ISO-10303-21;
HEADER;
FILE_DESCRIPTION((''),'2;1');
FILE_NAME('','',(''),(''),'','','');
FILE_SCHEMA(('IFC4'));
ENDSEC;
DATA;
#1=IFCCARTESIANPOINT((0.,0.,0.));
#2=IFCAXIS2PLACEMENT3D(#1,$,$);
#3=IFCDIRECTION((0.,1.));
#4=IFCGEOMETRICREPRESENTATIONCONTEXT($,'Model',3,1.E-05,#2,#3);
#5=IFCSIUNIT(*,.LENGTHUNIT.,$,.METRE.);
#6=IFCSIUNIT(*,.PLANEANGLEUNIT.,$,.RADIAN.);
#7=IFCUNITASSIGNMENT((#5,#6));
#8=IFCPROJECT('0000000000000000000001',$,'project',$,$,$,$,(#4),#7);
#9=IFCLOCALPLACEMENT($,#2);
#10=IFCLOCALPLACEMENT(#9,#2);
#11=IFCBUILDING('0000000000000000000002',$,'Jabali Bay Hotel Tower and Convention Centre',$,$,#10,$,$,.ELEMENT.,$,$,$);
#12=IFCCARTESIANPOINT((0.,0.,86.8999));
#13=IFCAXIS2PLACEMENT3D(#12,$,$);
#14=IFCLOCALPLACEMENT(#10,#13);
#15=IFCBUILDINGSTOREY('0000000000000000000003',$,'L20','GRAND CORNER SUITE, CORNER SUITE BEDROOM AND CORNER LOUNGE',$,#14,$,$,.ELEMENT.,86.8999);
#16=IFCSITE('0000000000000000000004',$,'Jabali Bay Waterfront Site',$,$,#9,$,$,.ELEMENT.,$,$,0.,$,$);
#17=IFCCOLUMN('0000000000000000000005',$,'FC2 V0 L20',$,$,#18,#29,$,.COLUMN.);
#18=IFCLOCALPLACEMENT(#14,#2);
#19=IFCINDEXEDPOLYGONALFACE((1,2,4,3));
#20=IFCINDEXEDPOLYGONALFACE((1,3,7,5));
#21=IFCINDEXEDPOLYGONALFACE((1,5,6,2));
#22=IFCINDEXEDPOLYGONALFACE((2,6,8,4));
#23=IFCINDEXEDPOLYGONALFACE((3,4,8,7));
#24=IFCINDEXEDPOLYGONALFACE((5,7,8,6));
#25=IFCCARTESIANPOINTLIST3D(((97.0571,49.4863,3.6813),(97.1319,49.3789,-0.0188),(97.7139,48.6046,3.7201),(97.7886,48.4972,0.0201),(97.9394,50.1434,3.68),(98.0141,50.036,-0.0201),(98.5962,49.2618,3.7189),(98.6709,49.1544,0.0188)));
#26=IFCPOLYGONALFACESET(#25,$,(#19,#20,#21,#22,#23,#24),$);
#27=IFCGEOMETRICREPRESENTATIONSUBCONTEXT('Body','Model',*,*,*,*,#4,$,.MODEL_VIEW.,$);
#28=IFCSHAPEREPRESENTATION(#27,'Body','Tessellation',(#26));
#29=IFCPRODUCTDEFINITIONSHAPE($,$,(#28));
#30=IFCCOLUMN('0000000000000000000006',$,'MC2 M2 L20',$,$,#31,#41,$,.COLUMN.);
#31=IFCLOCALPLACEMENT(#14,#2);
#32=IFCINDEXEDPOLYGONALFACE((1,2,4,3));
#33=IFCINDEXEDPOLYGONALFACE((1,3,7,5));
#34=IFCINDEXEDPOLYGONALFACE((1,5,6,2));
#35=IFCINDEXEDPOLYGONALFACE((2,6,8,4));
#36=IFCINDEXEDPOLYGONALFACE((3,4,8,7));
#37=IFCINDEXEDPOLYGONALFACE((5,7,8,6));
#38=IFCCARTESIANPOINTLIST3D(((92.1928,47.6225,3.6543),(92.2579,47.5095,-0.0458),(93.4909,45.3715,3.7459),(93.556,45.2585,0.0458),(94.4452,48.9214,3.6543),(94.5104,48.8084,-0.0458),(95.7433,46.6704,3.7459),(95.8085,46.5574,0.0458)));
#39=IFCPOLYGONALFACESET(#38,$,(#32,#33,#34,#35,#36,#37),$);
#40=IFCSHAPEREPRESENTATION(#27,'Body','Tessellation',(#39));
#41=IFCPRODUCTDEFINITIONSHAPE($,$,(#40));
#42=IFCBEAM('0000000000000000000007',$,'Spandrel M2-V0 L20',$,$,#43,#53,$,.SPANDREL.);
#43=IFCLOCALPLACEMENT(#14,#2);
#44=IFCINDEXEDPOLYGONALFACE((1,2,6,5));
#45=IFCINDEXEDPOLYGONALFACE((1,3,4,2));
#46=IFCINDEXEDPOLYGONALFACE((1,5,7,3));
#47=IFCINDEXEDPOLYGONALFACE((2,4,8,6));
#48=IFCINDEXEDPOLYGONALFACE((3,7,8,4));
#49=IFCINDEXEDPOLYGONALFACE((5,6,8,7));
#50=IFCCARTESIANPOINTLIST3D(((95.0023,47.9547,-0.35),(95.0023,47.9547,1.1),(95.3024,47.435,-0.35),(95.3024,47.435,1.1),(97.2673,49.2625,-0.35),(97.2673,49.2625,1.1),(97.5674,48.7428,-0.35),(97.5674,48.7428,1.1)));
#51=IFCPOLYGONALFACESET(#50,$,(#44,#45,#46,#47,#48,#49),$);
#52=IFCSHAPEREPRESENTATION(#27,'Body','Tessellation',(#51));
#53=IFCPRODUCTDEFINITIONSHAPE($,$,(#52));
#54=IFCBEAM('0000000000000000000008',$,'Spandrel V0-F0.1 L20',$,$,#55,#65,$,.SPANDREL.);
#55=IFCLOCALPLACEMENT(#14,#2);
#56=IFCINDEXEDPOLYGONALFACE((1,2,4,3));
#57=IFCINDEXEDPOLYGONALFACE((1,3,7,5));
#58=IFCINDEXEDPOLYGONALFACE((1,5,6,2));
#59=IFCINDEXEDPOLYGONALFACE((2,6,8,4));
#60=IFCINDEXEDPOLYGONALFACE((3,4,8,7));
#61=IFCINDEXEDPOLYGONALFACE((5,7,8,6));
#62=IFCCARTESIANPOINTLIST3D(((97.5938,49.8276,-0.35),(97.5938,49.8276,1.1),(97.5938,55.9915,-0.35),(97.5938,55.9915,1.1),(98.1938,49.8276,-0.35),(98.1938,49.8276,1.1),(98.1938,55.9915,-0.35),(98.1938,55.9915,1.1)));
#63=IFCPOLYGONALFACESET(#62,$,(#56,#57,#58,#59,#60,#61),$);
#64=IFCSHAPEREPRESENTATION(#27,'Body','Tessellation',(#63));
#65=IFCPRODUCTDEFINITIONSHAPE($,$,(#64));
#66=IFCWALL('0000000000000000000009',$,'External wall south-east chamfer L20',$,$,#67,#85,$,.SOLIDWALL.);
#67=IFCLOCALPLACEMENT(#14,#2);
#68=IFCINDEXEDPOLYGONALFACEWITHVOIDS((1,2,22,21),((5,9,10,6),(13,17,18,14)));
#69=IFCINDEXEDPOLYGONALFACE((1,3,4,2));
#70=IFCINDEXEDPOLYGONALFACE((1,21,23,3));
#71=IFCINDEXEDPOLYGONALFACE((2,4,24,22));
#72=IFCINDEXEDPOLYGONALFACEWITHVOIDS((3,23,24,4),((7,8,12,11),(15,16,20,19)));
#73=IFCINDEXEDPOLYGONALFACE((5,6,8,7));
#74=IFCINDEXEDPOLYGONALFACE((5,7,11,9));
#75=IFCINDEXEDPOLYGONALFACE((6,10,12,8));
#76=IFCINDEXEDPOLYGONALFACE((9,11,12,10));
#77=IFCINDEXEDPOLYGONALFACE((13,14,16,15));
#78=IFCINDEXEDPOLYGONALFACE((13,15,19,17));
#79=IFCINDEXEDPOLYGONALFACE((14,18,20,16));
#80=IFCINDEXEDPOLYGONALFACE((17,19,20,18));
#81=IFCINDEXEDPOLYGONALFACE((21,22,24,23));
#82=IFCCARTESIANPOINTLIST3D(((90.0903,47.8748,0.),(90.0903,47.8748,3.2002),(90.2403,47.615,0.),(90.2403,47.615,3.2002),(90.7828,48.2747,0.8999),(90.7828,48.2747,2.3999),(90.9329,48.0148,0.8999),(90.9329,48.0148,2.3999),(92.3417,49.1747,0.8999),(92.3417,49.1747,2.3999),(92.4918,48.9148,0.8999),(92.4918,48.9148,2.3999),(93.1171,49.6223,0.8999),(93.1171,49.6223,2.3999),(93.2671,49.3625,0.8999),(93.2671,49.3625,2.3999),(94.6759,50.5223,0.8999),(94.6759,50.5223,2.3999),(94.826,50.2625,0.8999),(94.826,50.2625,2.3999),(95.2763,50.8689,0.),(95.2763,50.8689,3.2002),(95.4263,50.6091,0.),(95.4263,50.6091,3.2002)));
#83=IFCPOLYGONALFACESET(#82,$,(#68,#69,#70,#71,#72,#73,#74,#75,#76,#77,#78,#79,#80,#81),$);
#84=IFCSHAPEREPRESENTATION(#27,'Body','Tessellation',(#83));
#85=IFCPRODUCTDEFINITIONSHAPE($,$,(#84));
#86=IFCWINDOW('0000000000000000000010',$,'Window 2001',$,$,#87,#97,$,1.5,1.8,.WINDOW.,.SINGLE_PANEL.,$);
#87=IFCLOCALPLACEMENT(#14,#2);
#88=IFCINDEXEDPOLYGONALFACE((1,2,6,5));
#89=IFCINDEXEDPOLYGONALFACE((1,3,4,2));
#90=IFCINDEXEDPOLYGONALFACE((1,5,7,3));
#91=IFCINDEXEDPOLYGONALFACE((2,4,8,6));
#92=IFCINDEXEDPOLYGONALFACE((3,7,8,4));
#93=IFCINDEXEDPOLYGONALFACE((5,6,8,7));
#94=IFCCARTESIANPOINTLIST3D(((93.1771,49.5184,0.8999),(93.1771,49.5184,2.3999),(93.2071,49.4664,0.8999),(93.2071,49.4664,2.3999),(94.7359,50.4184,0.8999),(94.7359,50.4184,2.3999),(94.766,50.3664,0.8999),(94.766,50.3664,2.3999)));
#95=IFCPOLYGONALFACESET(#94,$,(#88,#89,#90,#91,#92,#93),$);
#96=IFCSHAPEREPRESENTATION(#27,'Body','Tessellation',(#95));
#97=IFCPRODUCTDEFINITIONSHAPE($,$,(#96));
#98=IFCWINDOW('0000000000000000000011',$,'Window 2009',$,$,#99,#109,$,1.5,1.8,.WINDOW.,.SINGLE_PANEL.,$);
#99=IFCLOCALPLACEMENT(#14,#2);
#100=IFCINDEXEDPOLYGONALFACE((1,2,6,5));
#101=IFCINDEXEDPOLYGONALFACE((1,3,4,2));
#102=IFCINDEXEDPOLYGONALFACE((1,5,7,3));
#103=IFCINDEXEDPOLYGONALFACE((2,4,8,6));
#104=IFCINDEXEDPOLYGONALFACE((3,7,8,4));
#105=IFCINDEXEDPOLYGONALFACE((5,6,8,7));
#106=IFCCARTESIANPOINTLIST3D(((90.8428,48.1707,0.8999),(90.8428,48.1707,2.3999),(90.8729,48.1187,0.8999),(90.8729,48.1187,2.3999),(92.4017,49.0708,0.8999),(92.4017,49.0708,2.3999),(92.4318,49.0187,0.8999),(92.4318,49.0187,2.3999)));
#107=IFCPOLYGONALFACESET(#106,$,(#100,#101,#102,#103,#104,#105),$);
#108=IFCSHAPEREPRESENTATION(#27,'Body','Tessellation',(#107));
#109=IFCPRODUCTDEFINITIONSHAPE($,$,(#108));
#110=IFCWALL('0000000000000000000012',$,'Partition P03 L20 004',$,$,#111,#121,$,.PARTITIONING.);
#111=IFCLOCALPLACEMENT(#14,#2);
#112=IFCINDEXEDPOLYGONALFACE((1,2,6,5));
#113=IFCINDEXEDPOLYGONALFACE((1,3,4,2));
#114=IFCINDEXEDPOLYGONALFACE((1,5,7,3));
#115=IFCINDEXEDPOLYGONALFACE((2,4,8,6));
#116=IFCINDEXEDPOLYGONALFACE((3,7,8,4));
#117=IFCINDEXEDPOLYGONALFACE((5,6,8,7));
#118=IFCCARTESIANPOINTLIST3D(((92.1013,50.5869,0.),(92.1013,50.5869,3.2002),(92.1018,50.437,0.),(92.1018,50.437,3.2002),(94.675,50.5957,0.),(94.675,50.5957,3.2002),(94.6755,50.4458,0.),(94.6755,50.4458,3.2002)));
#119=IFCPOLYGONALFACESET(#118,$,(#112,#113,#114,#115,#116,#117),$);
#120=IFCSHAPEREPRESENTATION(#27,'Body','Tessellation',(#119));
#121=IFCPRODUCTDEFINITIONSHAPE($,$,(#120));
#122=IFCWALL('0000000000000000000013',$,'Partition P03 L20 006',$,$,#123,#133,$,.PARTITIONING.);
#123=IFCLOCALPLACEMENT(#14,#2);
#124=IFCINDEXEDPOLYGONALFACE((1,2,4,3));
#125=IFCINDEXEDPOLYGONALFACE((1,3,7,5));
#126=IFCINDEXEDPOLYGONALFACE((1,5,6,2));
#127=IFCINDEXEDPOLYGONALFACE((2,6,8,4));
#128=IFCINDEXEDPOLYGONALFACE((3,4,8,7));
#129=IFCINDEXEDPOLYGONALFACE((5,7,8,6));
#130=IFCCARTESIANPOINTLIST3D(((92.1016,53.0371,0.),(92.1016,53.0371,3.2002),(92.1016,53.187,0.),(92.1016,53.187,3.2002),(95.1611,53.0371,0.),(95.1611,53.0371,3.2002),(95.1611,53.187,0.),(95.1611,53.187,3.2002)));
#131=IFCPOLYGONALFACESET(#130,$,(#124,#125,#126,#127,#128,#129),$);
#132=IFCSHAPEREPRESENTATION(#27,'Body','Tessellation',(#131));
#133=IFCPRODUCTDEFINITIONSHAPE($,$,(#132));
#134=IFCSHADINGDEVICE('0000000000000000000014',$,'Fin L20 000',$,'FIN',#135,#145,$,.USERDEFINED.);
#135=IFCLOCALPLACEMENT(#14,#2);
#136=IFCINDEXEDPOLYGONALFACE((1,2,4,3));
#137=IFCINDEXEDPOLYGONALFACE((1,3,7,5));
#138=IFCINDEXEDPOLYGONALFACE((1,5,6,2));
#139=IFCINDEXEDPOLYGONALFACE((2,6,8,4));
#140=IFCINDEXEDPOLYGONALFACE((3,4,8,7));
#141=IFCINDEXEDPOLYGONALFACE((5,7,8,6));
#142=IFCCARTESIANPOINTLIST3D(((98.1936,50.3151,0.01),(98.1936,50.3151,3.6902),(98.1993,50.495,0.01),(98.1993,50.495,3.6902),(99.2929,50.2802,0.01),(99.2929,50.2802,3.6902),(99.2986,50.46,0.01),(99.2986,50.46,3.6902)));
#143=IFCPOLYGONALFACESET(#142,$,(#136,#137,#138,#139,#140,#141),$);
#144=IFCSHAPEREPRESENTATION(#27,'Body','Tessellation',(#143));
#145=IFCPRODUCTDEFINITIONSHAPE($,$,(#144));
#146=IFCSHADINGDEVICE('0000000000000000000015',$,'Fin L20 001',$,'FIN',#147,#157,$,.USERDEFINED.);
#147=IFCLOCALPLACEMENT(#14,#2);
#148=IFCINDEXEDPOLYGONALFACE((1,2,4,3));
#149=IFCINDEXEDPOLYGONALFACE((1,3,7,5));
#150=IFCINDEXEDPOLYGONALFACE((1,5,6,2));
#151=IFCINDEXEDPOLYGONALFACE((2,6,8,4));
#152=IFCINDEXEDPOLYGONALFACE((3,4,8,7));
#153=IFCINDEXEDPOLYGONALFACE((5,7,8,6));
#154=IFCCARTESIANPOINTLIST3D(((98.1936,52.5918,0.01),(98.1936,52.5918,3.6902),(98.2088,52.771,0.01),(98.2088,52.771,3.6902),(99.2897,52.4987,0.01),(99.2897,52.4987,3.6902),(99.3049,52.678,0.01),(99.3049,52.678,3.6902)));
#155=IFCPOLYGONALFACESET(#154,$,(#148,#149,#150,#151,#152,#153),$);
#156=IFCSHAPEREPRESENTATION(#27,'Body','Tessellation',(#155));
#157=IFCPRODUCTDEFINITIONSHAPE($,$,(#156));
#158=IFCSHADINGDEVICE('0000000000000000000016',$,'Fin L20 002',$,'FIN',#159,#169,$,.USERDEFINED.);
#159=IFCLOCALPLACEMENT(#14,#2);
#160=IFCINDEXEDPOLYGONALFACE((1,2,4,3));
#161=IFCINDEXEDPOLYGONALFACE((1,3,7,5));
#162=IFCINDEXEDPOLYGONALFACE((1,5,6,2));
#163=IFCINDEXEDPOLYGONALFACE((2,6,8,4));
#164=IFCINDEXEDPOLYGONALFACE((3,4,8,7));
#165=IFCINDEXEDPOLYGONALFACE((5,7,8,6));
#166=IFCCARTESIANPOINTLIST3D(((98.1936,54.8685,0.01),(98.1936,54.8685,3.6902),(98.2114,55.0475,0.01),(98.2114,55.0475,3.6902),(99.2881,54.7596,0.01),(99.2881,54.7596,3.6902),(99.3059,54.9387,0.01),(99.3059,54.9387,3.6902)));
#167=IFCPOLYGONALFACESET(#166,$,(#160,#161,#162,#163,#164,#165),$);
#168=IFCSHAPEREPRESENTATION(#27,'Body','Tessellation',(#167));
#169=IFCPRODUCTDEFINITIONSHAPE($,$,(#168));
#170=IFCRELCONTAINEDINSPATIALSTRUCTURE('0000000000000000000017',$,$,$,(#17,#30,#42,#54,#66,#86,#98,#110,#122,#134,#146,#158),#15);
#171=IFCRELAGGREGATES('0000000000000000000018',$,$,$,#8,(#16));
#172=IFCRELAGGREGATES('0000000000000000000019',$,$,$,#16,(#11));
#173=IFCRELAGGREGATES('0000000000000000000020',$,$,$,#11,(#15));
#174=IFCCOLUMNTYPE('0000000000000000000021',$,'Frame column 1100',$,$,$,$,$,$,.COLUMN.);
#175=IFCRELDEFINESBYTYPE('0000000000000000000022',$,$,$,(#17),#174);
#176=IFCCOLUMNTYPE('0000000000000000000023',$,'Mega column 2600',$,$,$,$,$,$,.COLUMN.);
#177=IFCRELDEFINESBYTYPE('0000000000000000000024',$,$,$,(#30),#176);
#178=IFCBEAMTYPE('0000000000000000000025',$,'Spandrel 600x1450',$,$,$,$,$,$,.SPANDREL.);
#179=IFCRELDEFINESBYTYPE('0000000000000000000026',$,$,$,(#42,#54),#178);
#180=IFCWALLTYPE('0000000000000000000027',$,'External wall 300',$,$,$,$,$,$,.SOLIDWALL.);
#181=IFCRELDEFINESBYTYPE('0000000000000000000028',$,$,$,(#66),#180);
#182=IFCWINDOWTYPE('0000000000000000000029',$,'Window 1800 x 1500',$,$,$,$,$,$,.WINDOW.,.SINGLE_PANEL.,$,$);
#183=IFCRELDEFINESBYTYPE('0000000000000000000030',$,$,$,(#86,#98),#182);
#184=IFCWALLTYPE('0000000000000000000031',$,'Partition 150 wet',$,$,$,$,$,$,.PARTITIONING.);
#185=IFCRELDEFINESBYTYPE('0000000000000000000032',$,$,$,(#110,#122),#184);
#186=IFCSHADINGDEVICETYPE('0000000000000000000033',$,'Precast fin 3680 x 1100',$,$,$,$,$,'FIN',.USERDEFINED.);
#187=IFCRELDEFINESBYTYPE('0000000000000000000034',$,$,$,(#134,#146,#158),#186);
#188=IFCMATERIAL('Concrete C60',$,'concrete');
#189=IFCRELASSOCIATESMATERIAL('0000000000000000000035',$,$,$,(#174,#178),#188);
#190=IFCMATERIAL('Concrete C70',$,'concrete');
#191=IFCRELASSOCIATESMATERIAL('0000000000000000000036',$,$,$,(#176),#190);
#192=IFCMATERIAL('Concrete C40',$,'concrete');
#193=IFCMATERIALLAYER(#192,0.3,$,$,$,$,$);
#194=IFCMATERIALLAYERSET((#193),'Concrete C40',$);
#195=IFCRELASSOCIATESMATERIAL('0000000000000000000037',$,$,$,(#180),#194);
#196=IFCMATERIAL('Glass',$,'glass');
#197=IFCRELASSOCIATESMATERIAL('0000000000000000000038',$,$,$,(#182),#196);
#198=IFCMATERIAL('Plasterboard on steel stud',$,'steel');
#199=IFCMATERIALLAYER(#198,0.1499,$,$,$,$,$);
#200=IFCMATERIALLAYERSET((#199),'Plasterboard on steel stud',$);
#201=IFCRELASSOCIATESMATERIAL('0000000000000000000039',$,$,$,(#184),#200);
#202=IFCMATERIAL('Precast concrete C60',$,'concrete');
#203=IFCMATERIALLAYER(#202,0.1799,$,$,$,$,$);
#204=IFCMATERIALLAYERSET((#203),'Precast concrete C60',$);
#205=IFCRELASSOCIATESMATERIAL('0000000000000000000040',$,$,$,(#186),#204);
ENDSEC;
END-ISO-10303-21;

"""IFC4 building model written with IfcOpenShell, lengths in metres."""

from ifc_helpers import new_model, si_unit, direction, frame, frame_2d, origin, origin_2d, place, context, subcontext, project, spatial, rectangle, extrude, material, layer, layer_set, material_profile, profile_set, type_object, element, fill, save


model = new_model("IFC4")

# Units and contexts
model_context = context("Model", 3, precision=1e-05, world=origin(), true_north=direction((0.0, 1.0)))
body_context = subcontext(model_context, "Body", "Model", "MODEL_VIEW")
ifc_project = project(units=[si_unit("LENGTHUNIT", "METRE"), si_unit("PLANEANGLEUNIT", "RADIAN")], contexts=[model_context])

# Site, building, storey
site_placement = place(None, origin())
site = spatial("IfcSite", under=ifc_project, at=site_placement, Name="Jabali Bay Waterfront Site", CompositionType="ELEMENT", RefElevation=0.0)
building_placement = place(site_placement, origin())
building = spatial("IfcBuilding", under=site, at=building_placement, Name="Jabali Bay Hotel Tower and Convention Centre", CompositionType="ELEMENT")
storey_placement = place(building_placement, frame((0.0, 0.0, 86.8999)))
storey = spatial("IfcBuildingStorey", under=building, at=storey_placement, Name="L20", Description="GRAND CORNER SUITE, CORNER SUITE BEDROOM AND CORNER LOUNGE", CompositionType="ELEMENT", Elevation=86.8999)

# Columns
ifc_material_1 = material(Name="Concrete C60", Category="concrete")
ifc_material_profile_1 = material_profile(ifc_material_1, rectangle(XDim=1.1001, YDim=1.1001, at=origin_2d()), Name="Frame column 1100")
ifc_profile_set_1 = profile_set([ifc_material_profile_1], Name="Concrete C60")
column_type_1 = type_object("IfcColumnType", Name="Frame column 1100", PredefinedType="COLUMN", material=ifc_profile_set_1)
column_1_placement = place(storey_placement, frame((97.9014, 49.2666, 0.0), z_axis=(-0.020177, 0.029013, 0.999375), x_axis=(-0.801965, -0.59737, 0.001151)))
element("IfcColumn", 1, at=column_1_placement, inside=storey, type_object=column_type_1, Name="FC2 V0 L20", PredefinedType="COLUMN", context=body_context, shape_type="SweptSolid", body=[
    extrude(rectangle(XDim=1.1001, YDim=1.1001, at=origin_2d()), origin(), (0.0, 0.0, 1.0), 3.7024),
])
ifc_material_2 = material(Name="Concrete C70", Category="concrete")
ifc_material_profile_2 = material_profile(ifc_material_2, rectangle(XDim=2.6001, YDim=2.6001, at=origin_2d()), Name="Mega column 2600")
ifc_profile_set_2 = profile_set([ifc_material_profile_2], Name="Concrete C70")
column_type_2 = type_object("IfcColumnType", Name="Mega column 2600", PredefinedType="COLUMN", material=ifc_profile_set_2)
column_2_placement = place(storey_placement, frame((94.0332, 47.0334, 0.0), z_axis=(-0.017606, 0.03053, 0.999379), x_axis=(0.49925, -0.865741, 0.035243)))
element("IfcColumn", 2, at=column_2_placement, inside=storey, type_object=column_type_2, Name="MC2 M2 L20", PredefinedType="COLUMN", context=body_context, shape_type="SweptSolid", body=[
    extrude(rectangle(XDim=2.6001, YDim=2.6001, at=origin_2d()), origin(), (0.0, 0.0, 1.0), 3.7024),
])

# Beams
ifc_material_profile_3 = material_profile(ifc_material_1, rectangle(XDim=0.6001, YDim=1.45, at=origin_2d()), Name="Spandrel 600x1450")
ifc_profile_set_3 = profile_set([ifc_material_profile_3], Name="Concrete C60")
beam_type = type_object("IfcBeamType", Name="Spandrel 600x1450", PredefinedType="SPANDREL", material=ifc_profile_set_3)
beam_1_placement = place(storey_placement, frame((95.1523, 47.6948, 0.375), z_axis=(0.866011, 0.500024, 0.0), x_axis=(-0.500024, 0.866011, 0.0)))
element("IfcBeam", 3, at=beam_1_placement, inside=storey, type_object=beam_type, Name="Spandrel M2-V0 L20", PredefinedType="SPANDREL", context=body_context, shape_type="SweptSolid", body=[
    extrude(rectangle(XDim=0.6001, YDim=1.45, at=origin_2d()), origin(), (0.0, 0.0, 1.0), 2.6155),
])
beam_2_placement = place(storey_placement, frame((97.8938, 49.8276, 0.375), z_axis=(0.0, 1.0, 0.0), x_axis=(-1.0, 0.0, 0.0)))
element("IfcBeam", 4, at=beam_2_placement, inside=storey, type_object=beam_type, Name="Spandrel V0-F0.1 L20", PredefinedType="SPANDREL", context=body_context, shape_type="SweptSolid", body=[
    extrude(rectangle(XDim=0.6001, YDim=1.45, at=origin_2d()), origin(), (0.0, 0.0, 1.0), 6.1638),
])

# Wall, openings, windows
ifc_material_3 = material(Name="Concrete C40", Category="concrete")
ifc_layer_1 = layer(ifc_material_3, 0.3)
ifc_layer_set_1 = layer_set([ifc_layer_1], Name="Concrete C40")
wall_type_1 = type_object("IfcWallType", Name="External wall 300", PredefinedType="SOLIDWALL", material=ifc_layer_set_1)
wall_1_placement = place(storey_placement, frame((95.3513, 50.739, 0.0), z_axis=(0.0, 0.0, 1.0), x_axis=(-0.866027, -0.499998, 0.0)))
wall_1 = element("IfcWall", 5, at=wall_1_placement, inside=storey, type_object=wall_type_1, Name="External wall south-east chamfer L20", PredefinedType="SOLIDWALL", context=body_context, shape_type="SweptSolid", body=[
    extrude(rectangle(XDim=5.9883, YDim=0.3, at=frame_2d((2.9941, 0.0))), origin(), (0.0, 0.0, 1.0), 3.2002),
])
opening_1_placement = place(wall_1_placement, frame((0.6934, 0.0, 0.8999)))
opening_1 = element("IfcOpeningElement", 6, at=opening_1_placement, cuts=wall_1, PredefinedType="OPENING", context=body_context, shape_type="SweptSolid", body=[
    extrude(rectangle(XDim=1.8, YDim=1.5, at=frame_2d((0.8999, 0.75))), frame((0.0, 0.1606, 0.0), z_axis=(0.0, -1.0, 0.0), x_axis=(1.0, 0.0, 0.0)), (0.0, 0.0, 1.0), 0.321),
])
opening_2_placement = place(wall_1_placement, frame((3.3887, 0.0, 0.8999)))
opening_2 = element("IfcOpeningElement", 7, at=opening_2_placement, cuts=wall_1, PredefinedType="OPENING", context=body_context, shape_type="SweptSolid", body=[
    extrude(rectangle(XDim=1.8, YDim=1.5, at=frame_2d((0.8999, 0.75))), frame((0.0, 0.1606, 0.0), z_axis=(0.0, -1.0, 0.0), x_axis=(1.0, 0.0, 0.0)), (0.0, 0.0, 1.0), 0.321),
])
ifc_material_4 = material(Name="Glass", Category="glass")
window_type = type_object("IfcWindowType", Name="Window 1800 x 1500", PartitioningType="SINGLE_PANEL", PredefinedType="WINDOW", material=ifc_material_4)
window_1_placement = place(opening_1_placement, origin())
window_1 = element("IfcWindow", 8, at=window_1_placement, inside=storey, type_object=window_type, Name="Window 2001", OverallHeight=1.5, OverallWidth=1.8, PartitioningType="SINGLE_PANEL", PredefinedType="WINDOW", context=body_context, shape_type="SweptSolid", body=[
    extrude(rectangle(XDim=1.8, YDim=1.5, at=frame_2d((0.8999, 0.75))), frame((0.0, 0.03, 0.0), z_axis=(0.0, -1.0, 0.0), x_axis=(1.0, 0.0, 0.0)), (0.0, 0.0, 1.0), 0.0601),
])
fill(opening_1, window_1)
window_2_placement = place(opening_2_placement, origin())
window_2 = element("IfcWindow", 9, at=window_2_placement, inside=storey, type_object=window_type, Name="Window 2009", OverallHeight=1.5, OverallWidth=1.8, PartitioningType="SINGLE_PANEL", PredefinedType="WINDOW", context=body_context, shape_type="SweptSolid", body=[
    extrude(rectangle(XDim=1.8, YDim=1.5, at=frame_2d((0.8999, 0.75))), frame((0.0, 0.03, 0.0), z_axis=(0.0, -1.0, 0.0), x_axis=(1.0, 0.0, 0.0)), (0.0, 0.0, 1.0), 0.0601),
])
fill(opening_2, window_2)

# Walls
ifc_material_5 = material(Name="Plasterboard on steel stud", Category="steel")
ifc_layer_2 = layer(ifc_material_5, 0.1499)
ifc_layer_set_2 = layer_set([ifc_layer_2], Name="Plasterboard on steel stud")
wall_type_2 = type_object("IfcWallType", Name="Partition 150 wet", PredefinedType="PARTITIONING", material=ifc_layer_set_2)
wall_2_placement = place(storey_placement, frame((94.6753, 50.5208, 0.0), z_axis=(0.0, 0.0, 1.0), x_axis=(-0.999994, -0.003415, 0.0)))
element("IfcWall", 10, at=wall_2_placement, inside=storey, type_object=wall_type_2, Name="Partition P03 L20 004", PredefinedType="PARTITIONING", context=body_context, shape_type="SweptSolid", body=[
    extrude(rectangle(XDim=2.5737, YDim=0.1499, at=frame_2d((1.2869, 0.0))), origin(), (0.0, 0.0, 1.0), 3.2002),
])
wall_3_placement = place(storey_placement, frame((92.1016, 53.1121, 0.0), z_axis=(0.0, 0.0, 1.0), x_axis=(1.0, 0.0, 0.0)))
element("IfcWall", 11, at=wall_3_placement, inside=storey, type_object=wall_type_2, Name="Partition P03 L20 006", PredefinedType="PARTITIONING", context=body_context, shape_type="SweptSolid", body=[
    extrude(rectangle(XDim=3.0596, YDim=0.1499, at=frame_2d((1.5298, 0.0))), origin(), (0.0, 0.0, 1.0), 3.2002),
])

# Shading devices
ifc_material_6 = material(Name="Precast concrete C60", Category="concrete")
ifc_layer_3 = layer(ifc_material_6, 0.1799)
ifc_layer_set_3 = layer_set([ifc_layer_3], Name="Precast concrete C60")
shading_device_type_1 = type_object("IfcShadingDeviceType", Name="Precast fin 3680 x 1100", ElementType="FIN", PredefinedType="USERDEFINED", material=ifc_layer_set_3)
shading_device_1_placement = place(storey_placement, frame((98.1965, 50.405, 0.01), z_axis=(0.0, 0.0, 1.0), x_axis=(0.999496, -0.031741, 0.0)))
element("IfcShadingDevice", 12, at=shading_device_1_placement, inside=storey, type_object=shading_device_type_1, Name="Fin L20 000", ObjectType="FIN", PredefinedType="USERDEFINED", context=body_context, shape_type="SweptSolid", body=[
    extrude(rectangle(XDim=1.0999, YDim=0.1799, at=frame_2d((0.5498, 0.0))), origin(), (0.0, 0.0, 1.0), 3.6802),
])
shading_device_2_placement = place(storey_placement, frame((98.2012, 52.6814, 0.01), z_axis=(0.0, 0.0, 1.0), x_axis=(0.996419, -0.084551, 0.0)))
element("IfcShadingDevice", 13, at=shading_device_2_placement, inside=storey, type_object=shading_device_type_1, Name="Fin L20 001", ObjectType="FIN", PredefinedType="USERDEFINED", context=body_context, shape_type="SweptSolid", body=[
    extrude(rectangle(XDim=1.1001, YDim=0.1799, at=frame_2d((0.55, 0.0))), origin(), (0.0, 0.0, 1.0), 3.6802),
])
for number, where, z_axis, x_axis, name in (
    (14, (98.2026, 54.958, 0.01), (0.0, 0.0, 1.0), (0.995088, -0.098998, 0.0), "Fin L20 002"),
):
    element("IfcShadingDevice", number, at=place(storey_placement, frame(where, z_axis=z_axis, x_axis=x_axis)), inside=storey, type_object=shading_device_type_1, Name=name, ObjectType="FIN", PredefinedType="USERDEFINED", context=body_context, shape_type="SweptSolid", body=[
        extrude(rectangle(XDim=1.0999, YDim=0.1799, at=frame_2d((0.5498, 0.0))), origin(), (0.0, 0.0, 1.0), 3.6802),
    ])

save(model, "model.ifc")
